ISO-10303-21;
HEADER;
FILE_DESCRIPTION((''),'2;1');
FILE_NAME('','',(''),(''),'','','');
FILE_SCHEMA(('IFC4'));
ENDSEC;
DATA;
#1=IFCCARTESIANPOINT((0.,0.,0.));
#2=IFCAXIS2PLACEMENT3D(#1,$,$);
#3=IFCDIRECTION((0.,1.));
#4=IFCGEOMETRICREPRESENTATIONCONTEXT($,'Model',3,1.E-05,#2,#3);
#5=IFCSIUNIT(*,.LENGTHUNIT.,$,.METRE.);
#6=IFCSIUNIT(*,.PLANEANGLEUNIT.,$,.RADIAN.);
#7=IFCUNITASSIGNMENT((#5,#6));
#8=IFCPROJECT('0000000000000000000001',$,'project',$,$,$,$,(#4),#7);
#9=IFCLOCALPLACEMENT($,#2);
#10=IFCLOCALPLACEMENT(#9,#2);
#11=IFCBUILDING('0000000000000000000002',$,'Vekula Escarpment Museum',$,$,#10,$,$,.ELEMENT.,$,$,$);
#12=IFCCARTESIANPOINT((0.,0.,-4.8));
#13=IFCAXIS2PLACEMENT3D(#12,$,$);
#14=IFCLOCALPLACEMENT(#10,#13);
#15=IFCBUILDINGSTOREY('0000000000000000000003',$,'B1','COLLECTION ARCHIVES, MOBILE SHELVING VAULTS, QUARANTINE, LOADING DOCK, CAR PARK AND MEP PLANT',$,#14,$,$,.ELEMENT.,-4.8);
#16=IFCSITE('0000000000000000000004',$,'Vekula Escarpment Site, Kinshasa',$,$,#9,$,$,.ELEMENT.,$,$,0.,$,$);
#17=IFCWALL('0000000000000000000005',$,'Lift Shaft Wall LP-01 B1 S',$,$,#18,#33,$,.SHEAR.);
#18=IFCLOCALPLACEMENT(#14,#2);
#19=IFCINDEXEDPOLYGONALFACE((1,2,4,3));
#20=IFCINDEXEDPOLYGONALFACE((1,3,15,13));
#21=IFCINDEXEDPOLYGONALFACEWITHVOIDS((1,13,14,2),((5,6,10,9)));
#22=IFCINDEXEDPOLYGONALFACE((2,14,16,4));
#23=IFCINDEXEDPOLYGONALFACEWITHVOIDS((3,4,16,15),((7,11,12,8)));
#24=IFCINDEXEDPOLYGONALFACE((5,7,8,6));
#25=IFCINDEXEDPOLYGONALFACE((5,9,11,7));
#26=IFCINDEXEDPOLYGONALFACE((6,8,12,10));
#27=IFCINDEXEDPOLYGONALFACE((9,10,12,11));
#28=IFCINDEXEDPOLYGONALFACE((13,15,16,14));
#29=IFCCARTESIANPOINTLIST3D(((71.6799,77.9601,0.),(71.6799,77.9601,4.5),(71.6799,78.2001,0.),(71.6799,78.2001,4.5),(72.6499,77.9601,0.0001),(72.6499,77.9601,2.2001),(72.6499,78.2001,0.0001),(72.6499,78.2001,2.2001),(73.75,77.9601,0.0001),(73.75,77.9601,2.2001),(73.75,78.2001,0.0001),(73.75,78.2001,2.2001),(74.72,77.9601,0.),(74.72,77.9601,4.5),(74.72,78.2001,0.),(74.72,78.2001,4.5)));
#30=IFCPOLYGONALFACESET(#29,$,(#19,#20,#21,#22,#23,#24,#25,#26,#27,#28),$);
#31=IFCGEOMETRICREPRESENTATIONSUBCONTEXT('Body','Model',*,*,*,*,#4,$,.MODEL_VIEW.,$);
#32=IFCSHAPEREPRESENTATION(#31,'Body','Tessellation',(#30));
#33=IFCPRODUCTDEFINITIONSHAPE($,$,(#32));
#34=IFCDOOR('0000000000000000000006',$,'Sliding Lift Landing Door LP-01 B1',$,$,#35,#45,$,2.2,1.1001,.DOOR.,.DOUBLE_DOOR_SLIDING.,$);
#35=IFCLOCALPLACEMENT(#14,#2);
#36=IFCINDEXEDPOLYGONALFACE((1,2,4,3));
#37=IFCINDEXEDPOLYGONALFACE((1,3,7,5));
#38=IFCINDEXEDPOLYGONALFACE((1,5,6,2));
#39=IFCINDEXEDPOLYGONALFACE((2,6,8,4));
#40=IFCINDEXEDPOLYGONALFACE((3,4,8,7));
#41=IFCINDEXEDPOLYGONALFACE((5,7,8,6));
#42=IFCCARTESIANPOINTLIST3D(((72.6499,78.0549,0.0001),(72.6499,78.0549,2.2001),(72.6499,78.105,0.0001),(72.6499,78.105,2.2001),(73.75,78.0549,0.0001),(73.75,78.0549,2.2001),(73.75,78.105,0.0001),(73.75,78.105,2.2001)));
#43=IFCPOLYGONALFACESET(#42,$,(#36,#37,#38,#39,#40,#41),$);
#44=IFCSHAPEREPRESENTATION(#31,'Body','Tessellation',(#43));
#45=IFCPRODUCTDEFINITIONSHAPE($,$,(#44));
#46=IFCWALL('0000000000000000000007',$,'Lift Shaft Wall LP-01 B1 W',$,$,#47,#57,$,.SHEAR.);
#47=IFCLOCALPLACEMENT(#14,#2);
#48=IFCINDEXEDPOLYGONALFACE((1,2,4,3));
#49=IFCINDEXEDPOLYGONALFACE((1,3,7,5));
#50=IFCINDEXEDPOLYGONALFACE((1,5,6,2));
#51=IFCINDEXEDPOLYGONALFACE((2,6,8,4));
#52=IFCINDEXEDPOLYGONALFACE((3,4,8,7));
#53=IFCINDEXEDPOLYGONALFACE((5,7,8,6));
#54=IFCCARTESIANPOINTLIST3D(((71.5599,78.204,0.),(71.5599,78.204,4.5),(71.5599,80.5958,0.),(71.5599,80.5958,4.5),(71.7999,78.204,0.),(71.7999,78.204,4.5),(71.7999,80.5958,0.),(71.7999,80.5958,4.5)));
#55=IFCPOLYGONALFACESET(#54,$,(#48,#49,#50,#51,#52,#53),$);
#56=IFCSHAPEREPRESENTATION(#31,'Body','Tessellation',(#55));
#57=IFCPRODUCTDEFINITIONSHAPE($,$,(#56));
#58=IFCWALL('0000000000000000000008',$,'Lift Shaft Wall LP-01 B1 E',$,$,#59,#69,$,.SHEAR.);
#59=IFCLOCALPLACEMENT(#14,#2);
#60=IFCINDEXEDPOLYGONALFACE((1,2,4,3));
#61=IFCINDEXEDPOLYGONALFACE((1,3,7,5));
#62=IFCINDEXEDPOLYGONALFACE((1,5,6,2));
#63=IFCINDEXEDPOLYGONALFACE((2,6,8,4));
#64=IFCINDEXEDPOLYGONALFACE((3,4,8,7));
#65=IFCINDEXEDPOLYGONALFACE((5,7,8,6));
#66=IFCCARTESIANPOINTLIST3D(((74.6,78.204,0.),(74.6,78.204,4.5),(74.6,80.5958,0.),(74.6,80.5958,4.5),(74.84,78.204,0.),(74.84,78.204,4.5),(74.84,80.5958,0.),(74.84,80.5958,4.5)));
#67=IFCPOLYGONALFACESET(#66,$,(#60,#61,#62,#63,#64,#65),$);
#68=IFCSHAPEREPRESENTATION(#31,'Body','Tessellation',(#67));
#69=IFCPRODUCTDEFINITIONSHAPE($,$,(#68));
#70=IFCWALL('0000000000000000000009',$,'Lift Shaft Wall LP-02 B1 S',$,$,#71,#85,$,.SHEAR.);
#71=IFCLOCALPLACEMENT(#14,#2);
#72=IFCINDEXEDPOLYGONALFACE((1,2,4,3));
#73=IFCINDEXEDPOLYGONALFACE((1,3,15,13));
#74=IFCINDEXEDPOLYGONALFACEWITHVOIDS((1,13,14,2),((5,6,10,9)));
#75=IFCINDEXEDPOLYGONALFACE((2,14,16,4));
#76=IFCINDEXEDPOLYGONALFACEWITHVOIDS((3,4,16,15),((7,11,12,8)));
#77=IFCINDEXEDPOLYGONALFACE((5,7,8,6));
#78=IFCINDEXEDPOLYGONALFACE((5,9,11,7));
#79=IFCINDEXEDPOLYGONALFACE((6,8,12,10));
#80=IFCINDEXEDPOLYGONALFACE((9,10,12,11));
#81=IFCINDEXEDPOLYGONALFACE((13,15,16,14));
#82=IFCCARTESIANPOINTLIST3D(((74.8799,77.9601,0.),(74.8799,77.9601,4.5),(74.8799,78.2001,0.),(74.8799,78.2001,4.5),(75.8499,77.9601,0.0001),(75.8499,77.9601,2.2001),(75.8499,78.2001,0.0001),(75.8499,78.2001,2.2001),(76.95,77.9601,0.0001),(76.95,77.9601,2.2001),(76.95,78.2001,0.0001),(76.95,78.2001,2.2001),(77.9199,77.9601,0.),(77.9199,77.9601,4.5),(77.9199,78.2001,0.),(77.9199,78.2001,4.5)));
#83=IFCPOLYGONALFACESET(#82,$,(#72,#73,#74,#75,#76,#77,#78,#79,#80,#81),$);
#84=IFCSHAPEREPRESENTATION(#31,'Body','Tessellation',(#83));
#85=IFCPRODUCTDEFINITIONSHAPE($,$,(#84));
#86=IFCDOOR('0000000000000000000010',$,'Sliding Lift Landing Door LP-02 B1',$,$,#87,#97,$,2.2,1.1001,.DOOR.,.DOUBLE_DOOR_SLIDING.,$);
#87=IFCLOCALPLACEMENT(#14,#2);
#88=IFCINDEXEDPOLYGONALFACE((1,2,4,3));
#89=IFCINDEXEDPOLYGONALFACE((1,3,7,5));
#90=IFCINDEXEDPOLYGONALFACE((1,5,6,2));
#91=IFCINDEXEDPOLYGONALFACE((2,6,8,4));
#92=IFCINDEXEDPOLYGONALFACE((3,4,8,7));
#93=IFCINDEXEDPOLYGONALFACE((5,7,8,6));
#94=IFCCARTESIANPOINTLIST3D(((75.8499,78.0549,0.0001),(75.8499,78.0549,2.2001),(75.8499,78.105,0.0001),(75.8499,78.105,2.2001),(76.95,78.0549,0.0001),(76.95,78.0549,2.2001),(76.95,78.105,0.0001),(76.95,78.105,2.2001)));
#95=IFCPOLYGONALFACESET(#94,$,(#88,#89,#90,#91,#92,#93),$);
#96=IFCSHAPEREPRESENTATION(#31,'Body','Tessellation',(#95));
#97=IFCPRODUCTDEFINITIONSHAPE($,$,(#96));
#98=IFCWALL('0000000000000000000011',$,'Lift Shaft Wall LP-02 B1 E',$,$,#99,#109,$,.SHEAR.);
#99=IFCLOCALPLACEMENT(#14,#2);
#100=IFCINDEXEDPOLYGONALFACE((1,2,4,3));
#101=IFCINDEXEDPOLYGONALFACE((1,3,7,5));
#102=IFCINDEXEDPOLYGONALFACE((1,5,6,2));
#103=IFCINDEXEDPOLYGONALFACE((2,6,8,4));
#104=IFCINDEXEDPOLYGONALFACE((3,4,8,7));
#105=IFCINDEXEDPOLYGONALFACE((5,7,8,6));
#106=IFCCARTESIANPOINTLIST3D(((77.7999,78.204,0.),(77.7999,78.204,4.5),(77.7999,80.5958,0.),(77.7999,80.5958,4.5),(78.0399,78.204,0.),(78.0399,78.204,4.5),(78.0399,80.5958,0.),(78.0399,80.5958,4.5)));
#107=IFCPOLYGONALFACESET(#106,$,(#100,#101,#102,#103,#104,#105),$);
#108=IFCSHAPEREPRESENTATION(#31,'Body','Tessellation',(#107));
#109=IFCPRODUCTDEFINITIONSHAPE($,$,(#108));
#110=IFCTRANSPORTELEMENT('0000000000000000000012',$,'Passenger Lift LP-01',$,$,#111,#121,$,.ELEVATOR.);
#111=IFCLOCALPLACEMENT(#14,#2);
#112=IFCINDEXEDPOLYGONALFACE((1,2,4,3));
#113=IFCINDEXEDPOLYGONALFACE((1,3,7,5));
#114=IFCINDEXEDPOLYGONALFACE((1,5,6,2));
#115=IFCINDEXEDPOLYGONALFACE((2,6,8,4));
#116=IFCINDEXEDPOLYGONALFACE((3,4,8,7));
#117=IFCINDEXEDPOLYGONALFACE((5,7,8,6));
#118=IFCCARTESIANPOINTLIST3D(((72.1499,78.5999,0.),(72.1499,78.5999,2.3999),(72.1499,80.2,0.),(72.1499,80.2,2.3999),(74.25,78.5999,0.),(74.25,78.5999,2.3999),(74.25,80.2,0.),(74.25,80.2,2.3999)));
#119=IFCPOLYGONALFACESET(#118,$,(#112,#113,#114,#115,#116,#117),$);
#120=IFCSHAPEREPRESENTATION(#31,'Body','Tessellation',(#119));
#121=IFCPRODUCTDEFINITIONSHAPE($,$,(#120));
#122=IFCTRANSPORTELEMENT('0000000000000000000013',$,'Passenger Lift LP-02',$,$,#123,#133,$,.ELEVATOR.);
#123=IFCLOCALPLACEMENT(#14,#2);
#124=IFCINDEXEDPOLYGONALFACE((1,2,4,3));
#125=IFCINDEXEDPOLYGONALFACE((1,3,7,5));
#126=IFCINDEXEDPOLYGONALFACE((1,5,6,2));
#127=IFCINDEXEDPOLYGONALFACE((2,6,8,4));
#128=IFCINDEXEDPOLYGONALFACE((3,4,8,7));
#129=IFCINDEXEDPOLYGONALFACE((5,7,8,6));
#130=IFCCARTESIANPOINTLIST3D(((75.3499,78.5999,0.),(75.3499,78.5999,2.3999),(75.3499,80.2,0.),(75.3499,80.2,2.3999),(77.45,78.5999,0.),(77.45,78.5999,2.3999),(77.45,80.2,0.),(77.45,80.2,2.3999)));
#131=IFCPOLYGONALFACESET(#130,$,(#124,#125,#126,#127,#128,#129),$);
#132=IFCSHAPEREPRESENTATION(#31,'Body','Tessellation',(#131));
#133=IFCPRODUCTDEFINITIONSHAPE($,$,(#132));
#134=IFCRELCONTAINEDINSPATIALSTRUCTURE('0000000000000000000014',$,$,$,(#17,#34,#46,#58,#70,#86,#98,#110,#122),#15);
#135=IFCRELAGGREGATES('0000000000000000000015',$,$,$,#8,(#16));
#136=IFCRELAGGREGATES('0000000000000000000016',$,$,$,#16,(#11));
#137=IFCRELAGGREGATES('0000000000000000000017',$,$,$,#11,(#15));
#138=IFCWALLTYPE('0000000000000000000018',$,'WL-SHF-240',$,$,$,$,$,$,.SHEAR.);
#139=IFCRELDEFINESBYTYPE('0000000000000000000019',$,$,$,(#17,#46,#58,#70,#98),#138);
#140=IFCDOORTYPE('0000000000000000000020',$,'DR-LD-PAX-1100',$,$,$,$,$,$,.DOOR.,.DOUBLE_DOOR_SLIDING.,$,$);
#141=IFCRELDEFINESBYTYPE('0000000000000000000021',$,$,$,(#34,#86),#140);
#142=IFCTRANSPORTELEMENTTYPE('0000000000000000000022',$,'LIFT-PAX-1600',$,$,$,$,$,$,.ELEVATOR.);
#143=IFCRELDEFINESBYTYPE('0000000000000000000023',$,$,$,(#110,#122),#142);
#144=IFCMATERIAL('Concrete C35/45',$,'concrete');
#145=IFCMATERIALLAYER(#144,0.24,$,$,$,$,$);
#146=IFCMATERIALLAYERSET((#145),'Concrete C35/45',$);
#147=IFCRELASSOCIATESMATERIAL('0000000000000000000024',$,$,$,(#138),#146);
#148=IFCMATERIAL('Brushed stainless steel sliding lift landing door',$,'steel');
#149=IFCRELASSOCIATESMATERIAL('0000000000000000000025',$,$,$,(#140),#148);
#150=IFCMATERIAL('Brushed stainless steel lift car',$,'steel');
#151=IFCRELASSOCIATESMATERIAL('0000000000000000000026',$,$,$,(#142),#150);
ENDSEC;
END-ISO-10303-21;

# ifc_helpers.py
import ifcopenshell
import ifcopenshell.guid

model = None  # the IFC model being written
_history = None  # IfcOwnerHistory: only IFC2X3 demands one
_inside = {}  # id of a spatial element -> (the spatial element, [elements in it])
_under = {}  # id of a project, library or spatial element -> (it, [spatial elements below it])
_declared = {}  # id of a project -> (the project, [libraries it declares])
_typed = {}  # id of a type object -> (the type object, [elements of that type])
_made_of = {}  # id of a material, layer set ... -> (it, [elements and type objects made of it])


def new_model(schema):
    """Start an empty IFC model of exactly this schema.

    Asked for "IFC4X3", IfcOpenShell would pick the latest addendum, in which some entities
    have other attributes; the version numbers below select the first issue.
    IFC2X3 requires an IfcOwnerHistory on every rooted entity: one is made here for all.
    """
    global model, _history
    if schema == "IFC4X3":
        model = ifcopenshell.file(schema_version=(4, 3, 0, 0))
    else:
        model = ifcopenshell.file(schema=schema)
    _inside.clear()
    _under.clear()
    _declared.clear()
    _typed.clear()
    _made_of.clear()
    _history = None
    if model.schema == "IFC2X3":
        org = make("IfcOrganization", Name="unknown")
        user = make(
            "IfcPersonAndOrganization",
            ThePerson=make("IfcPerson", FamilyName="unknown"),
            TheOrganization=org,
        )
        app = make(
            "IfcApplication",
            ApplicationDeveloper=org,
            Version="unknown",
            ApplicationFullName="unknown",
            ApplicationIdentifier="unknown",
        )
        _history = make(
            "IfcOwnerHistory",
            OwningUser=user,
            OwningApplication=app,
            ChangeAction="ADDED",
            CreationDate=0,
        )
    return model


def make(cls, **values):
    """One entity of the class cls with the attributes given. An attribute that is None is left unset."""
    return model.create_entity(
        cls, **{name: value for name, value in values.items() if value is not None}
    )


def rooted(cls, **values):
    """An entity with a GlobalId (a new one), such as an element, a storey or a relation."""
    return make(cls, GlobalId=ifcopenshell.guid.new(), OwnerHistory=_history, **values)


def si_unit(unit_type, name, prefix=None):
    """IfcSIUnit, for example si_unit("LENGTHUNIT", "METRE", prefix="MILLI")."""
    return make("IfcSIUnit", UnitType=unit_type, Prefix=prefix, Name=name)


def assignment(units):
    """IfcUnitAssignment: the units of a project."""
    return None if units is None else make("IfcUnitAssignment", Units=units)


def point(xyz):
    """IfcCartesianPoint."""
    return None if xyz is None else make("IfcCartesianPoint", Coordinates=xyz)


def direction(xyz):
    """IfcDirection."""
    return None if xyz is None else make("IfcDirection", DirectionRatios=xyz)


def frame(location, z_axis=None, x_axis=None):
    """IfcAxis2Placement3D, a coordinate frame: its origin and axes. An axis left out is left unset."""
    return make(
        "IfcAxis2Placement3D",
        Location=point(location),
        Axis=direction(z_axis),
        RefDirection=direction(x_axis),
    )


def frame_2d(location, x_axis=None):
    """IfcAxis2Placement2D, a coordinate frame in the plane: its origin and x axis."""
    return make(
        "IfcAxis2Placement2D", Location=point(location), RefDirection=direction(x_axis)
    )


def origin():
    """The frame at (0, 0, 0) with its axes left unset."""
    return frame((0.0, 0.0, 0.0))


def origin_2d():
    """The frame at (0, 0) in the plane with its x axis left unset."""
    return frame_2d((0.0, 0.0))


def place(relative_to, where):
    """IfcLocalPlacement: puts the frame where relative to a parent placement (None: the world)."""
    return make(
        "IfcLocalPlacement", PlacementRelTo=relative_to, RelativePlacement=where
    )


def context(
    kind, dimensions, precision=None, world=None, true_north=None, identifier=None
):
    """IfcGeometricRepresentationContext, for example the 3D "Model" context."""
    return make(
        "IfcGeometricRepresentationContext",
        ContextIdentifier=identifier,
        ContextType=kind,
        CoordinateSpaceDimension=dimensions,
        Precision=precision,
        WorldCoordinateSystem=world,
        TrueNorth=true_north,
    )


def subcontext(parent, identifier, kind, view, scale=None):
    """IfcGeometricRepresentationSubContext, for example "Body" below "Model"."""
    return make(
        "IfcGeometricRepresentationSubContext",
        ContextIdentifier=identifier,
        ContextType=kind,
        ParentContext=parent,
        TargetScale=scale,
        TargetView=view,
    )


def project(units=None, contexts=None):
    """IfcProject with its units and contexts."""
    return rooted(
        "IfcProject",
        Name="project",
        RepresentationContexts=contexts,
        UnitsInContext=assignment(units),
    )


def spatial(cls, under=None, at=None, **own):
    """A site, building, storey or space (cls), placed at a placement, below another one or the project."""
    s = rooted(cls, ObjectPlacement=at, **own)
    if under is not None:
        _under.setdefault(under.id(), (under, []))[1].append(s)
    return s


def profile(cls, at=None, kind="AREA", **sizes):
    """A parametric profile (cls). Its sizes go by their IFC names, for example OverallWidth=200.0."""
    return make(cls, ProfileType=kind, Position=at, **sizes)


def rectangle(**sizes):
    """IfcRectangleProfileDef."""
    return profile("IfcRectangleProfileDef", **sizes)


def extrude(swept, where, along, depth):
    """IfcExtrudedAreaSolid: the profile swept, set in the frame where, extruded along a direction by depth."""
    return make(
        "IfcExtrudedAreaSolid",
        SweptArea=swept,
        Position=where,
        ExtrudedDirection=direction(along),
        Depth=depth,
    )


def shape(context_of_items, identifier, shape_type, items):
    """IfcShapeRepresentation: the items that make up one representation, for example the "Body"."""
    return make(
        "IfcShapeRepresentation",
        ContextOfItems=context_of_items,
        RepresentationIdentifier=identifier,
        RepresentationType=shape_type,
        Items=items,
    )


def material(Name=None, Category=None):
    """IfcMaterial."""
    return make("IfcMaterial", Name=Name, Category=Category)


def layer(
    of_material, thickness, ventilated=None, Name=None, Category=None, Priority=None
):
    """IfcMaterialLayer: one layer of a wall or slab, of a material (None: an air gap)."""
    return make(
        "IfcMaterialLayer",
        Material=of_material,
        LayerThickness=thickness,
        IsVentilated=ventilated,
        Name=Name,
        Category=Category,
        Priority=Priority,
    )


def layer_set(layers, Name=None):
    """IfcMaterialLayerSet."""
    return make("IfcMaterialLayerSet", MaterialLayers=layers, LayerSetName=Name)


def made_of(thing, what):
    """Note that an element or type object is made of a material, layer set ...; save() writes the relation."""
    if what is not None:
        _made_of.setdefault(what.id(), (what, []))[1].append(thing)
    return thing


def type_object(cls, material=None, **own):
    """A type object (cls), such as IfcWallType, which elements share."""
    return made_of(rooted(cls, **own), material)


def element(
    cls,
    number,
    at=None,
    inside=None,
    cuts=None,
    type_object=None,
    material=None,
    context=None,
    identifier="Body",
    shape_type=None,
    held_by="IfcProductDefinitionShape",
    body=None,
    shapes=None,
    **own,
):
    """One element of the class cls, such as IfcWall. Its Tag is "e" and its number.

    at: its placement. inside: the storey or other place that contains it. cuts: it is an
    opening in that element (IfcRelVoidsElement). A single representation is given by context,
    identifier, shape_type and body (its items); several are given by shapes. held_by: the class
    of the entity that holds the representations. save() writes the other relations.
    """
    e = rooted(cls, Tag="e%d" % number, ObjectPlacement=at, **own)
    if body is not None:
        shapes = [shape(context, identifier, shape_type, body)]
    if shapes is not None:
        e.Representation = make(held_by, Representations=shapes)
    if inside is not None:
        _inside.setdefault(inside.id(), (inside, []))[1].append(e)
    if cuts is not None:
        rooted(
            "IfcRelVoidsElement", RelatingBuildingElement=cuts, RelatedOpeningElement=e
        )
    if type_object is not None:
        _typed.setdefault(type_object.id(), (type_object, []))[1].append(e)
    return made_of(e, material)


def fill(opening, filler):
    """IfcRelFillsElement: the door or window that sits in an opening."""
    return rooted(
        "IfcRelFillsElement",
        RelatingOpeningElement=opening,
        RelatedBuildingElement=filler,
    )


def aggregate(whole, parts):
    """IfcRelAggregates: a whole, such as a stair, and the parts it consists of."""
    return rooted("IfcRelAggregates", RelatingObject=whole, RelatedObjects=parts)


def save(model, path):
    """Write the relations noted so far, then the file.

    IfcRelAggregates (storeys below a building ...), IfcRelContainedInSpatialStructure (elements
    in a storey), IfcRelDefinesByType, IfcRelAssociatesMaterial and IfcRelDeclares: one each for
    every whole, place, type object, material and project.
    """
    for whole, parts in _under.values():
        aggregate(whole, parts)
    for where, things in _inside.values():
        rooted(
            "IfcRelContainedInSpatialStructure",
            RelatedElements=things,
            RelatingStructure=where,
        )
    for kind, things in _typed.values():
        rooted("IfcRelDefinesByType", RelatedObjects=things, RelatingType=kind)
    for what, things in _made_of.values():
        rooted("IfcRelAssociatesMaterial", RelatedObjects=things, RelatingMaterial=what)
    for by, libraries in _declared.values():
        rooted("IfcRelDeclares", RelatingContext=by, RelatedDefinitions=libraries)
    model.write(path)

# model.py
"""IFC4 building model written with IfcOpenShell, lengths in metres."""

from ifc_helpers import new_model, si_unit, direction, frame, frame_2d, origin, origin_2d, place, context, subcontext, project, spatial, rectangle, extrude, material, layer, layer_set, type_object, element, fill, save


model = new_model("IFC4")

# Units and contexts
model_context = context("Model", 3, precision=1e-05, world=origin(), true_north=direction((0.0, 1.0)))
body_context = subcontext(model_context, "Body", "Model", "MODEL_VIEW")
ifc_project = project(units=[si_unit("LENGTHUNIT", "METRE"), si_unit("PLANEANGLEUNIT", "RADIAN")], contexts=[model_context])

# Site, building, storey
site_placement = place(None, origin())
site = spatial("IfcSite", under=ifc_project, at=site_placement, Name="Vekula Escarpment Site, Kinshasa", CompositionType="ELEMENT", RefElevation=0.0)
building_placement = place(site_placement, origin())
building = spatial("IfcBuilding", under=site, at=building_placement, Name="Vekula Escarpment Museum", CompositionType="ELEMENT")
storey_placement = place(building_placement, frame((0.0, 0.0, -4.8)))
storey = spatial("IfcBuildingStorey", under=building, at=storey_placement, Name="B1", Description="COLLECTION ARCHIVES, MOBILE SHELVING VAULTS, QUARANTINE, LOADING DOCK, CAR PARK AND MEP PLANT", CompositionType="ELEMENT", Elevation=-4.8)

# Wall, opening, door
ifc_material_1 = material(Name="Concrete C35/45", Category="concrete")
ifc_layer_1 = layer(ifc_material_1, 0.24)
ifc_layer_set_1 = layer_set([ifc_layer_1], Name="Concrete C35/45")
wall_type_1 = type_object("IfcWallType", Name="WL-SHF-240", PredefinedType="SHEAR", material=ifc_layer_set_1)
wall_1_placement = place(storey_placement, frame((71.6799, 78.0801, 0.0), z_axis=(0.0, 0.0, 1.0), x_axis=(1.0, 0.0, 0.0)))
wall_1 = element("IfcWall", 1, at=wall_1_placement, inside=storey, type_object=wall_type_1, Name="Lift Shaft Wall LP-01 B1 S", PredefinedType="SHEAR", context=body_context, shape_type="SweptSolid", body=[
    extrude(rectangle(XDim=3.04, YDim=0.24, at=frame_2d((1.52, 0.0))), origin(), (0.0, 0.0, 1.0), 4.5),
])
opening_1_placement = place(wall_1_placement, frame((0.97, 0.0, 0.0)))
opening_1 = element("IfcOpeningElement", 2, at=opening_1_placement, cuts=wall_1, PredefinedType="OPENING", context=body_context, shape_type="SweptSolid", body=[
    extrude(rectangle(XDim=1.1001, YDim=2.2, at=frame_2d((0.55, 1.1001))), frame((0.0, 0.1299, 0.0), z_axis=(0.0, -1.0, 0.0), x_axis=(1.0, 0.0, 0.0)), (0.0, 0.0, 1.0), 0.26),
])
ifc_material_2 = material(Name="Brushed stainless steel sliding lift landing door", Category="steel")
door_type_1 = type_object("IfcDoorType", Name="DR-LD-PAX-1100", OperationType="DOUBLE_DOOR_SLIDING", PredefinedType="DOOR", material=ifc_material_2)
door_1_placement = place(opening_1_placement, origin())
door_1 = element("IfcDoor", 3, at=door_1_placement, inside=storey, type_object=door_type_1, Name="Sliding Lift Landing Door LP-01 B1", OperationType="DOUBLE_DOOR_SLIDING", OverallHeight=2.2, OverallWidth=1.1001, PredefinedType="DOOR", context=body_context, shape_type="SweptSolid", body=[
    extrude(rectangle(XDim=1.1001, YDim=2.2, at=frame_2d((0.55, 1.1001))), frame((0.0, 0.0249, 0.0), z_axis=(0.0, -1.0, 0.0), x_axis=(1.0, 0.0, 0.0)), (0.0, 0.0, 1.0), 0.05),
])
fill(opening_1, door_1)

# Walls
for number, where, z_axis, x_axis, name in (
    (4, (71.6799, 78.2041, 0.0), (0.0, 0.0, 1.0), (0.0, 1.0, 0.0), "Lift Shaft Wall LP-01 B1 W"),
    (5, (74.72, 78.2041, 0.0), (0.0, 0.0, 1.0), (0.0, 1.0, 0.0), "Lift Shaft Wall LP-01 B1 E"),
):
    element("IfcWall", number, at=place(storey_placement, frame(where, z_axis=z_axis, x_axis=x_axis)), inside=storey, type_object=wall_type_1, Name=name, PredefinedType="SHEAR", context=body_context, shape_type="SweptSolid", body=[
        extrude(rectangle(XDim=2.3918, YDim=0.24, at=frame_2d((1.1958, 0.0))), origin(), (0.0, 0.0, 1.0), 4.5),
    ])

# Wall, opening, door
wall_2_placement = place(storey_placement, frame((74.8799, 78.0801, 0.0), z_axis=(0.0, 0.0, 1.0), x_axis=(1.0, 0.0, 0.0)))
wall_2 = element("IfcWall", 6, at=wall_2_placement, inside=storey, type_object=wall_type_1, Name="Lift Shaft Wall LP-02 B1 S", PredefinedType="SHEAR", context=body_context, shape_type="SweptSolid", body=[
    extrude(rectangle(XDim=3.04, YDim=0.24, at=frame_2d((1.52, 0.0))), origin(), (0.0, 0.0, 1.0), 4.5),
])
opening_2_placement = place(wall_2_placement, frame((0.97, 0.0, 0.0)))
opening_2 = element("IfcOpeningElement", 7, at=opening_2_placement, cuts=wall_2, PredefinedType="OPENING", context=body_context, shape_type="SweptSolid", body=[
    extrude(rectangle(XDim=1.1001, YDim=2.2, at=frame_2d((0.55, 1.1001))), frame((0.0, 0.1299, 0.0), z_axis=(0.0, -1.0, 0.0), x_axis=(1.0, 0.0, 0.0)), (0.0, 0.0, 1.0), 0.26),
])
door_2_placement = place(opening_2_placement, origin())
door_2 = element("IfcDoor", 8, at=door_2_placement, inside=storey, type_object=door_type_1, Name="Sliding Lift Landing Door LP-02 B1", OperationType="DOUBLE_DOOR_SLIDING", OverallHeight=2.2, OverallWidth=1.1001, PredefinedType="DOOR", context=body_context, shape_type="SweptSolid", body=[
    extrude(rectangle(XDim=1.1001, YDim=2.2, at=frame_2d((0.55, 1.1001))), frame((0.0, 0.0249, 0.0), z_axis=(0.0, -1.0, 0.0), x_axis=(1.0, 0.0, 0.0)), (0.0, 0.0, 1.0), 0.05),
])
fill(opening_2, door_2)

# Wall
wall_3_placement = place(storey_placement, frame((77.9199, 78.2041, 0.0), z_axis=(0.0, 0.0, 1.0), x_axis=(0.0, 1.0, 0.0)))
element("IfcWall", 9, at=wall_3_placement, inside=storey, type_object=wall_type_1, Name="Lift Shaft Wall LP-02 B1 E", PredefinedType="SHEAR", context=body_context, shape_type="SweptSolid", body=[
    extrude(rectangle(XDim=2.3918, YDim=0.24, at=frame_2d((1.1958, 0.0))), origin(), (0.0, 0.0, 1.0), 4.5),
])

# Transport elements
ifc_material_3 = material(Name="Brushed stainless steel lift car", Category="steel")
transport_element_type = type_object("IfcTransportElementType", Name="LIFT-PAX-1600", PredefinedType="ELEVATOR", material=ifc_material_3)
for number, where, z_axis, x_axis, name in (
    (10, (73.2, 79.3999, 0.0), (0.0, 0.0, 1.0), (1.0, 0.0, 0.0), "Passenger Lift LP-01"),
    (11, (76.3999, 79.3999, 0.0), (0.0, 0.0, 1.0), (1.0, 0.0, 0.0), "Passenger Lift LP-02"),
):
    element("IfcTransportElement", number, at=place(storey_placement, frame(where, z_axis=z_axis, x_axis=x_axis)), inside=storey, type_object=transport_element_type, Name=name, PredefinedType="ELEVATOR", context=body_context, shape_type="SweptSolid", body=[
        extrude(rectangle(XDim=2.1001, YDim=1.6001, at=origin_2d()), origin(), (0.0, 0.0, 1.0), 2.3999),
    ])

save(model, "model.ifc")
